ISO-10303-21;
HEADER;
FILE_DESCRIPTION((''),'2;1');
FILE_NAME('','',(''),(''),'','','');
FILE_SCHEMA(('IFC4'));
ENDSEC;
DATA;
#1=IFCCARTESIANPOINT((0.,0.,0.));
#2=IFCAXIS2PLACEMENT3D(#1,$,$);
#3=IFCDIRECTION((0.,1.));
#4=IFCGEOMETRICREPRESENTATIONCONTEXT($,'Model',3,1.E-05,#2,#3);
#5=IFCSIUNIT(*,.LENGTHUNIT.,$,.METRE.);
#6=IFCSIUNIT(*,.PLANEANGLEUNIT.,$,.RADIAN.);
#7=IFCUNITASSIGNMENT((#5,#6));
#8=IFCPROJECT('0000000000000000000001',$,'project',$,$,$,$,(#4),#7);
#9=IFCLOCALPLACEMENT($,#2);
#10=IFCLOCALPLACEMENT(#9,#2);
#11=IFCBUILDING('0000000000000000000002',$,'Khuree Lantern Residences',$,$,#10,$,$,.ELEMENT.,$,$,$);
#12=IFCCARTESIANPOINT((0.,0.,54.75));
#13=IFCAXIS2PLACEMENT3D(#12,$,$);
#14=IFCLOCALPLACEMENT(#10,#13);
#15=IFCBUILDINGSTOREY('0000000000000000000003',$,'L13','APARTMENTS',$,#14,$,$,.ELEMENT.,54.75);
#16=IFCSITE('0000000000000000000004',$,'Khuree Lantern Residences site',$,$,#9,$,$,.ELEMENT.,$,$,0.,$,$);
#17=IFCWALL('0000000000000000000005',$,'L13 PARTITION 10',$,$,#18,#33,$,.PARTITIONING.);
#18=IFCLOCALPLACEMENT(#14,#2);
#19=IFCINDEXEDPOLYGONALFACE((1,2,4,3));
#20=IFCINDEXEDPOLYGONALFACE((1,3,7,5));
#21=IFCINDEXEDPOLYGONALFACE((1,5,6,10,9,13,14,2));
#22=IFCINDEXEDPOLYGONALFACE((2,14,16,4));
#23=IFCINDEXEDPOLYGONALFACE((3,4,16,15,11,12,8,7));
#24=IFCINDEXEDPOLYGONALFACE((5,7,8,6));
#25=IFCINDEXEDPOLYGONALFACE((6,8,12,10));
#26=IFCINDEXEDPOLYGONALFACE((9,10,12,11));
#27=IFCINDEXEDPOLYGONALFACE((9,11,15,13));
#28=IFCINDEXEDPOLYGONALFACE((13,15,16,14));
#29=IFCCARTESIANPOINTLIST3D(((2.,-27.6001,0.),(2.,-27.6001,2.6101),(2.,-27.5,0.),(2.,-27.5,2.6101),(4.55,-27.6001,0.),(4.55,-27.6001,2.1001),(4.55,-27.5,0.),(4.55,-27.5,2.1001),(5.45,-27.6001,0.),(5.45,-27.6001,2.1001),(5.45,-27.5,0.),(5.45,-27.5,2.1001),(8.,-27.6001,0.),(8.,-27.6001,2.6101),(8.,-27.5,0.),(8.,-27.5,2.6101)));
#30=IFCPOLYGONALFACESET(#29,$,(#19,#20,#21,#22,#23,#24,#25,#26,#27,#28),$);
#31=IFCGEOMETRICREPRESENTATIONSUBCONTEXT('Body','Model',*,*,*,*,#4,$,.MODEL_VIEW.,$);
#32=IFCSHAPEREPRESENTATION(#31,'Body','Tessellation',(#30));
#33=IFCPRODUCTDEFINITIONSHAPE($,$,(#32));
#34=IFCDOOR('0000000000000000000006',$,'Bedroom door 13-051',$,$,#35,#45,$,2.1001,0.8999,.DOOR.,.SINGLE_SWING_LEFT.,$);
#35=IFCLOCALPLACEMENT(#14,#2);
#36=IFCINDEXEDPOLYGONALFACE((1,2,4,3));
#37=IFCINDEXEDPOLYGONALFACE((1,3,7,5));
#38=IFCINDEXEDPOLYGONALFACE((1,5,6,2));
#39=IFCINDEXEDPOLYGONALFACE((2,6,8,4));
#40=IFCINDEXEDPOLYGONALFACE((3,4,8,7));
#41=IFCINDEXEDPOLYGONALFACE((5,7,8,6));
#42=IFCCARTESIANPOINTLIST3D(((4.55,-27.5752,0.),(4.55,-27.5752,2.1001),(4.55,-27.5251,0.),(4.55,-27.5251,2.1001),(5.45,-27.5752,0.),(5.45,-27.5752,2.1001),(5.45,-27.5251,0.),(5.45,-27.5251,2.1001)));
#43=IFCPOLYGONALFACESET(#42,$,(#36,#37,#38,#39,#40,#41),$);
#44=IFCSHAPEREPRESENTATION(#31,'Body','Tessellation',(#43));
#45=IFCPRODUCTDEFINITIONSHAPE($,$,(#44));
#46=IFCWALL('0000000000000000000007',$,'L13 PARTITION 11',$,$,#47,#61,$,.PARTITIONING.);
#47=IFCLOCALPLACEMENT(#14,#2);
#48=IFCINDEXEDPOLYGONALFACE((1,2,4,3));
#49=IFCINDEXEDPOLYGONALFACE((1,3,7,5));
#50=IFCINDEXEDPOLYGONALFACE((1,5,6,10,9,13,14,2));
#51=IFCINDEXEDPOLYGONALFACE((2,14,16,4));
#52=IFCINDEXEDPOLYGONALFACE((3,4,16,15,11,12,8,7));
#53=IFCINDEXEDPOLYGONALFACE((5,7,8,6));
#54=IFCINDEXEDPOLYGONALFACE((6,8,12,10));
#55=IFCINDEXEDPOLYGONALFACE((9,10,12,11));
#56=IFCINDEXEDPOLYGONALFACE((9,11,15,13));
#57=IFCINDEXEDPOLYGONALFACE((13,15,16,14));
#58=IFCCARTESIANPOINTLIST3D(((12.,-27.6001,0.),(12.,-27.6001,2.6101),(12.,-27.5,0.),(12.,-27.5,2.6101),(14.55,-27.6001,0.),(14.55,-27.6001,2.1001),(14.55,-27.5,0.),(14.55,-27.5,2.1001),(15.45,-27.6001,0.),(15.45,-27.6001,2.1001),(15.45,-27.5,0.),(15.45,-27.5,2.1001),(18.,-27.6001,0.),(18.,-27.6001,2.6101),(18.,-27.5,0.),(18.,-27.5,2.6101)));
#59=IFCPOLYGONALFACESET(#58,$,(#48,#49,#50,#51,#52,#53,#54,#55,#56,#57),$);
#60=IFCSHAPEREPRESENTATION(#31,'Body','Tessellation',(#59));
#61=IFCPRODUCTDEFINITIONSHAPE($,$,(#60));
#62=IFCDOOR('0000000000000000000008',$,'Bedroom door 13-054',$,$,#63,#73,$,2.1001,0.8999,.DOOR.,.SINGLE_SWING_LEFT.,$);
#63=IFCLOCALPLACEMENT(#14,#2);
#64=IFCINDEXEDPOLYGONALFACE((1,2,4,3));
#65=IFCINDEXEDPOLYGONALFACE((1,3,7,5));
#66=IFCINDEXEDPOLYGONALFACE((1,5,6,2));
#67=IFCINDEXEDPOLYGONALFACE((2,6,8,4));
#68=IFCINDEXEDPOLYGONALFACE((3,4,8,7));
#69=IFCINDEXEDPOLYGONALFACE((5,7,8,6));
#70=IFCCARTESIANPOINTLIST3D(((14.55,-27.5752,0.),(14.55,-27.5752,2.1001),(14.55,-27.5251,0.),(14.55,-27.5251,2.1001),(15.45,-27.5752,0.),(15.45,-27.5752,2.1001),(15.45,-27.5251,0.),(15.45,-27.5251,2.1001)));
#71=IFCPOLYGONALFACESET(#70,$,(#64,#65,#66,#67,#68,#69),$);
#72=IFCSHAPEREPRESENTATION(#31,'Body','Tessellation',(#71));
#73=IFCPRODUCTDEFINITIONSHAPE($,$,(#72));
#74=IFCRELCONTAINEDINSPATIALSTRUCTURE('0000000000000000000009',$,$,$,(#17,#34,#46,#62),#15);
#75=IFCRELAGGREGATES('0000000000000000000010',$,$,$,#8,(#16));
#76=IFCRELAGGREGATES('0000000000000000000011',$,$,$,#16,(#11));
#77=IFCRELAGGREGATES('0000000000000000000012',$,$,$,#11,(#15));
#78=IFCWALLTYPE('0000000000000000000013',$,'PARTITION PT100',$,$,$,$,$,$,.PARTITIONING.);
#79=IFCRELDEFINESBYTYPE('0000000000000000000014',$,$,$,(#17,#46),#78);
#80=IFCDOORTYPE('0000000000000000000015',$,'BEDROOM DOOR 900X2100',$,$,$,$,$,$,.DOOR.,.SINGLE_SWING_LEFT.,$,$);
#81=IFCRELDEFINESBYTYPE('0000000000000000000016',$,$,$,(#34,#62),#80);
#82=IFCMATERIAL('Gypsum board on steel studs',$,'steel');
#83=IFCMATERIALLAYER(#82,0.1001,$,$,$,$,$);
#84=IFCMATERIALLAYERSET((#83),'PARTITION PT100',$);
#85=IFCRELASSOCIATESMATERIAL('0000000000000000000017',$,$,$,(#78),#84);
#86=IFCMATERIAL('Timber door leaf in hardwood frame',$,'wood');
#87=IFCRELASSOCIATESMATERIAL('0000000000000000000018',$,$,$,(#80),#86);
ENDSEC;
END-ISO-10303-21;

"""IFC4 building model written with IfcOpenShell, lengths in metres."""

from ifc_helpers import new_model, si_unit, direction, frame, frame_2d, origin, place, context, subcontext, project, spatial, rectangle, extrude, material, layer, layer_set, type_object, element, fill, save


model = new_model("IFC4")

# Units and contexts
model_context = context("Model", 3, precision=1e-05, world=origin(), true_north=direction((0.0, 1.0)))
body_context = subcontext(model_context, "Body", "Model", "MODEL_VIEW")
ifc_project = project(units=[si_unit("LENGTHUNIT", "METRE"), si_unit("PLANEANGLEUNIT", "RADIAN")], contexts=[model_context])

# Site, building, storey
site_placement = place(None, origin())
site = spatial("IfcSite", under=ifc_project, at=site_placement, Name="Khuree Lantern Residences site", CompositionType="ELEMENT", RefElevation=0.0)
building_placement = place(site_placement, origin())
building = spatial("IfcBuilding", under=site, at=building_placement, Name="Khuree Lantern Residences", CompositionType="ELEMENT")
storey_placement = place(building_placement, frame((0.0, 0.0, 54.75)))
storey = spatial("IfcBuildingStorey", under=building, at=storey_placement, Name="L13", Description="APARTMENTS", CompositionType="ELEMENT", Elevation=54.75)

# Shared definitions
ifc_material_1 = material(Name="Timber door leaf in hardwood frame", Category="wood")

# Shared definitions
ifc_material_2 = material(Name="Gypsum board on steel studs", Category="steel")
ifc_layer_1 = layer(ifc_material_2, 0.1001)
ifc_layer_set_1 = layer_set([ifc_layer_1], Name="PARTITION PT100")
wall_type_1 = type_object("IfcWallType", Name="PARTITION PT100", PredefinedType="PARTITIONING", material=ifc_layer_set_1)

# Walls, openings, doors
wall_1_placement = place(storey_placement, frame((2.0, -27.55, 0.0), z_axis=(0.0, 0.0, 1.0), x_axis=(1.0, 0.0, 0.0)))
wall_1 = element("IfcWall", 1, at=wall_1_placement, inside=storey, type_object=wall_type_1, Name="L13 PARTITION 10", PredefinedType="PARTITIONING", context=body_context, shape_type="SweptSolid", body=[
    extrude(rectangle(XDim=6.0, YDim=0.1001, at=frame_2d((3.0, 0.0))), origin(), (0.0, 0.0, 1.0), 2.6101),
])
opening_1_placement = place(wall_1_placement, frame((2.55, 0.0, 0.0)))
opening_1 = element("IfcOpeningElement", 2, at=opening_1_placement, cuts=wall_1, PredefinedType="OPENING", context=body_context, shape_type="SweptSolid", body=[
    extrude(rectangle(XDim=0.8999, YDim=2.1001, at=frame_2d((0.45, 1.05))), frame((0.0, 0.0601, 0.0), z_axis=(0.0, -1.0, 0.0), x_axis=(1.0, 0.0, 0.0)), (0.0, 0.0, 1.0), 0.1201),
])
door_type_1 = type_object("IfcDoorType", Name="BEDROOM DOOR 900X2100", OperationType="SINGLE_SWING_LEFT", PredefinedType="DOOR", material=ifc_material_1)
door_1_placement = place(opening_1_placement, origin())
door_1 = element("IfcDoor", 3, at=door_1_placement, inside=storey, type_object=door_type_1, Name="Bedroom door 13-051", OperationType="SINGLE_SWING_LEFT", OverallHeight=2.1001, OverallWidth=0.8999, PredefinedType="DOOR", context=body_context, shape_type="SweptSolid", body=[
    extrude(rectangle(XDim=0.8999, YDim=2.1001, at=frame_2d((0.45, 1.05))), frame((0.0, 0.0249, 0.0), z_axis=(0.0, -1.0, 0.0), x_axis=(1.0, 0.0, 0.0)), (0.0, 0.0, 1.0), 0.05),
])
fill(opening_1, door_1)
wall_2_placement = place(storey_placement, frame((12.0, -27.55, 0.0), z_axis=(0.0, 0.0, 1.0), x_axis=(1.0, 0.0, 0.0)))
wall_2 = element("IfcWall", 4, at=wall_2_placement, inside=storey, type_object=wall_type_1, Name="L13 PARTITION 11", PredefinedType="PARTITIONING", context=body_context, shape_type="SweptSolid", body=[
    extrude(rectangle(XDim=6.0, YDim=0.1001, at=frame_2d((3.0, 0.0))), origin(), (0.0, 0.0, 1.0), 2.6101),
])
opening_2_placement = place(wall_2_placement, frame((2.55, 0.0, 0.0)))
opening_2 = element("IfcOpeningElement", 5, at=opening_2_placement, cuts=wall_2, PredefinedType="OPENING", context=body_context, shape_type="SweptSolid", body=[
    extrude(rectangle(XDim=0.8999, YDim=2.1001, at=frame_2d((0.45, 1.05))), frame((0.0, 0.0601, 0.0), z_axis=(0.0, -1.0, 0.0), x_axis=(1.0, 0.0, 0.0)), (0.0, 0.0, 1.0), 0.1201),
])
door_2_placement = place(opening_2_placement, origin())
door_2 = element("IfcDoor", 6, at=door_2_placement, inside=storey, type_object=door_type_1, Name="Bedroom door 13-054", OperationType="SINGLE_SWING_LEFT", OverallHeight=2.1001, OverallWidth=0.8999, PredefinedType="DOOR", context=body_context, shape_type="SweptSolid", body=[
    extrude(rectangle(XDim=0.8999, YDim=2.1001, at=frame_2d((0.45, 1.05))), frame((0.0, 0.0249, 0.0), z_axis=(0.0, -1.0, 0.0), x_axis=(1.0, 0.0, 0.0)), (0.0, 0.0, 1.0), 0.05),
])
fill(opening_2, door_2)

save(model, "model.ifc")
